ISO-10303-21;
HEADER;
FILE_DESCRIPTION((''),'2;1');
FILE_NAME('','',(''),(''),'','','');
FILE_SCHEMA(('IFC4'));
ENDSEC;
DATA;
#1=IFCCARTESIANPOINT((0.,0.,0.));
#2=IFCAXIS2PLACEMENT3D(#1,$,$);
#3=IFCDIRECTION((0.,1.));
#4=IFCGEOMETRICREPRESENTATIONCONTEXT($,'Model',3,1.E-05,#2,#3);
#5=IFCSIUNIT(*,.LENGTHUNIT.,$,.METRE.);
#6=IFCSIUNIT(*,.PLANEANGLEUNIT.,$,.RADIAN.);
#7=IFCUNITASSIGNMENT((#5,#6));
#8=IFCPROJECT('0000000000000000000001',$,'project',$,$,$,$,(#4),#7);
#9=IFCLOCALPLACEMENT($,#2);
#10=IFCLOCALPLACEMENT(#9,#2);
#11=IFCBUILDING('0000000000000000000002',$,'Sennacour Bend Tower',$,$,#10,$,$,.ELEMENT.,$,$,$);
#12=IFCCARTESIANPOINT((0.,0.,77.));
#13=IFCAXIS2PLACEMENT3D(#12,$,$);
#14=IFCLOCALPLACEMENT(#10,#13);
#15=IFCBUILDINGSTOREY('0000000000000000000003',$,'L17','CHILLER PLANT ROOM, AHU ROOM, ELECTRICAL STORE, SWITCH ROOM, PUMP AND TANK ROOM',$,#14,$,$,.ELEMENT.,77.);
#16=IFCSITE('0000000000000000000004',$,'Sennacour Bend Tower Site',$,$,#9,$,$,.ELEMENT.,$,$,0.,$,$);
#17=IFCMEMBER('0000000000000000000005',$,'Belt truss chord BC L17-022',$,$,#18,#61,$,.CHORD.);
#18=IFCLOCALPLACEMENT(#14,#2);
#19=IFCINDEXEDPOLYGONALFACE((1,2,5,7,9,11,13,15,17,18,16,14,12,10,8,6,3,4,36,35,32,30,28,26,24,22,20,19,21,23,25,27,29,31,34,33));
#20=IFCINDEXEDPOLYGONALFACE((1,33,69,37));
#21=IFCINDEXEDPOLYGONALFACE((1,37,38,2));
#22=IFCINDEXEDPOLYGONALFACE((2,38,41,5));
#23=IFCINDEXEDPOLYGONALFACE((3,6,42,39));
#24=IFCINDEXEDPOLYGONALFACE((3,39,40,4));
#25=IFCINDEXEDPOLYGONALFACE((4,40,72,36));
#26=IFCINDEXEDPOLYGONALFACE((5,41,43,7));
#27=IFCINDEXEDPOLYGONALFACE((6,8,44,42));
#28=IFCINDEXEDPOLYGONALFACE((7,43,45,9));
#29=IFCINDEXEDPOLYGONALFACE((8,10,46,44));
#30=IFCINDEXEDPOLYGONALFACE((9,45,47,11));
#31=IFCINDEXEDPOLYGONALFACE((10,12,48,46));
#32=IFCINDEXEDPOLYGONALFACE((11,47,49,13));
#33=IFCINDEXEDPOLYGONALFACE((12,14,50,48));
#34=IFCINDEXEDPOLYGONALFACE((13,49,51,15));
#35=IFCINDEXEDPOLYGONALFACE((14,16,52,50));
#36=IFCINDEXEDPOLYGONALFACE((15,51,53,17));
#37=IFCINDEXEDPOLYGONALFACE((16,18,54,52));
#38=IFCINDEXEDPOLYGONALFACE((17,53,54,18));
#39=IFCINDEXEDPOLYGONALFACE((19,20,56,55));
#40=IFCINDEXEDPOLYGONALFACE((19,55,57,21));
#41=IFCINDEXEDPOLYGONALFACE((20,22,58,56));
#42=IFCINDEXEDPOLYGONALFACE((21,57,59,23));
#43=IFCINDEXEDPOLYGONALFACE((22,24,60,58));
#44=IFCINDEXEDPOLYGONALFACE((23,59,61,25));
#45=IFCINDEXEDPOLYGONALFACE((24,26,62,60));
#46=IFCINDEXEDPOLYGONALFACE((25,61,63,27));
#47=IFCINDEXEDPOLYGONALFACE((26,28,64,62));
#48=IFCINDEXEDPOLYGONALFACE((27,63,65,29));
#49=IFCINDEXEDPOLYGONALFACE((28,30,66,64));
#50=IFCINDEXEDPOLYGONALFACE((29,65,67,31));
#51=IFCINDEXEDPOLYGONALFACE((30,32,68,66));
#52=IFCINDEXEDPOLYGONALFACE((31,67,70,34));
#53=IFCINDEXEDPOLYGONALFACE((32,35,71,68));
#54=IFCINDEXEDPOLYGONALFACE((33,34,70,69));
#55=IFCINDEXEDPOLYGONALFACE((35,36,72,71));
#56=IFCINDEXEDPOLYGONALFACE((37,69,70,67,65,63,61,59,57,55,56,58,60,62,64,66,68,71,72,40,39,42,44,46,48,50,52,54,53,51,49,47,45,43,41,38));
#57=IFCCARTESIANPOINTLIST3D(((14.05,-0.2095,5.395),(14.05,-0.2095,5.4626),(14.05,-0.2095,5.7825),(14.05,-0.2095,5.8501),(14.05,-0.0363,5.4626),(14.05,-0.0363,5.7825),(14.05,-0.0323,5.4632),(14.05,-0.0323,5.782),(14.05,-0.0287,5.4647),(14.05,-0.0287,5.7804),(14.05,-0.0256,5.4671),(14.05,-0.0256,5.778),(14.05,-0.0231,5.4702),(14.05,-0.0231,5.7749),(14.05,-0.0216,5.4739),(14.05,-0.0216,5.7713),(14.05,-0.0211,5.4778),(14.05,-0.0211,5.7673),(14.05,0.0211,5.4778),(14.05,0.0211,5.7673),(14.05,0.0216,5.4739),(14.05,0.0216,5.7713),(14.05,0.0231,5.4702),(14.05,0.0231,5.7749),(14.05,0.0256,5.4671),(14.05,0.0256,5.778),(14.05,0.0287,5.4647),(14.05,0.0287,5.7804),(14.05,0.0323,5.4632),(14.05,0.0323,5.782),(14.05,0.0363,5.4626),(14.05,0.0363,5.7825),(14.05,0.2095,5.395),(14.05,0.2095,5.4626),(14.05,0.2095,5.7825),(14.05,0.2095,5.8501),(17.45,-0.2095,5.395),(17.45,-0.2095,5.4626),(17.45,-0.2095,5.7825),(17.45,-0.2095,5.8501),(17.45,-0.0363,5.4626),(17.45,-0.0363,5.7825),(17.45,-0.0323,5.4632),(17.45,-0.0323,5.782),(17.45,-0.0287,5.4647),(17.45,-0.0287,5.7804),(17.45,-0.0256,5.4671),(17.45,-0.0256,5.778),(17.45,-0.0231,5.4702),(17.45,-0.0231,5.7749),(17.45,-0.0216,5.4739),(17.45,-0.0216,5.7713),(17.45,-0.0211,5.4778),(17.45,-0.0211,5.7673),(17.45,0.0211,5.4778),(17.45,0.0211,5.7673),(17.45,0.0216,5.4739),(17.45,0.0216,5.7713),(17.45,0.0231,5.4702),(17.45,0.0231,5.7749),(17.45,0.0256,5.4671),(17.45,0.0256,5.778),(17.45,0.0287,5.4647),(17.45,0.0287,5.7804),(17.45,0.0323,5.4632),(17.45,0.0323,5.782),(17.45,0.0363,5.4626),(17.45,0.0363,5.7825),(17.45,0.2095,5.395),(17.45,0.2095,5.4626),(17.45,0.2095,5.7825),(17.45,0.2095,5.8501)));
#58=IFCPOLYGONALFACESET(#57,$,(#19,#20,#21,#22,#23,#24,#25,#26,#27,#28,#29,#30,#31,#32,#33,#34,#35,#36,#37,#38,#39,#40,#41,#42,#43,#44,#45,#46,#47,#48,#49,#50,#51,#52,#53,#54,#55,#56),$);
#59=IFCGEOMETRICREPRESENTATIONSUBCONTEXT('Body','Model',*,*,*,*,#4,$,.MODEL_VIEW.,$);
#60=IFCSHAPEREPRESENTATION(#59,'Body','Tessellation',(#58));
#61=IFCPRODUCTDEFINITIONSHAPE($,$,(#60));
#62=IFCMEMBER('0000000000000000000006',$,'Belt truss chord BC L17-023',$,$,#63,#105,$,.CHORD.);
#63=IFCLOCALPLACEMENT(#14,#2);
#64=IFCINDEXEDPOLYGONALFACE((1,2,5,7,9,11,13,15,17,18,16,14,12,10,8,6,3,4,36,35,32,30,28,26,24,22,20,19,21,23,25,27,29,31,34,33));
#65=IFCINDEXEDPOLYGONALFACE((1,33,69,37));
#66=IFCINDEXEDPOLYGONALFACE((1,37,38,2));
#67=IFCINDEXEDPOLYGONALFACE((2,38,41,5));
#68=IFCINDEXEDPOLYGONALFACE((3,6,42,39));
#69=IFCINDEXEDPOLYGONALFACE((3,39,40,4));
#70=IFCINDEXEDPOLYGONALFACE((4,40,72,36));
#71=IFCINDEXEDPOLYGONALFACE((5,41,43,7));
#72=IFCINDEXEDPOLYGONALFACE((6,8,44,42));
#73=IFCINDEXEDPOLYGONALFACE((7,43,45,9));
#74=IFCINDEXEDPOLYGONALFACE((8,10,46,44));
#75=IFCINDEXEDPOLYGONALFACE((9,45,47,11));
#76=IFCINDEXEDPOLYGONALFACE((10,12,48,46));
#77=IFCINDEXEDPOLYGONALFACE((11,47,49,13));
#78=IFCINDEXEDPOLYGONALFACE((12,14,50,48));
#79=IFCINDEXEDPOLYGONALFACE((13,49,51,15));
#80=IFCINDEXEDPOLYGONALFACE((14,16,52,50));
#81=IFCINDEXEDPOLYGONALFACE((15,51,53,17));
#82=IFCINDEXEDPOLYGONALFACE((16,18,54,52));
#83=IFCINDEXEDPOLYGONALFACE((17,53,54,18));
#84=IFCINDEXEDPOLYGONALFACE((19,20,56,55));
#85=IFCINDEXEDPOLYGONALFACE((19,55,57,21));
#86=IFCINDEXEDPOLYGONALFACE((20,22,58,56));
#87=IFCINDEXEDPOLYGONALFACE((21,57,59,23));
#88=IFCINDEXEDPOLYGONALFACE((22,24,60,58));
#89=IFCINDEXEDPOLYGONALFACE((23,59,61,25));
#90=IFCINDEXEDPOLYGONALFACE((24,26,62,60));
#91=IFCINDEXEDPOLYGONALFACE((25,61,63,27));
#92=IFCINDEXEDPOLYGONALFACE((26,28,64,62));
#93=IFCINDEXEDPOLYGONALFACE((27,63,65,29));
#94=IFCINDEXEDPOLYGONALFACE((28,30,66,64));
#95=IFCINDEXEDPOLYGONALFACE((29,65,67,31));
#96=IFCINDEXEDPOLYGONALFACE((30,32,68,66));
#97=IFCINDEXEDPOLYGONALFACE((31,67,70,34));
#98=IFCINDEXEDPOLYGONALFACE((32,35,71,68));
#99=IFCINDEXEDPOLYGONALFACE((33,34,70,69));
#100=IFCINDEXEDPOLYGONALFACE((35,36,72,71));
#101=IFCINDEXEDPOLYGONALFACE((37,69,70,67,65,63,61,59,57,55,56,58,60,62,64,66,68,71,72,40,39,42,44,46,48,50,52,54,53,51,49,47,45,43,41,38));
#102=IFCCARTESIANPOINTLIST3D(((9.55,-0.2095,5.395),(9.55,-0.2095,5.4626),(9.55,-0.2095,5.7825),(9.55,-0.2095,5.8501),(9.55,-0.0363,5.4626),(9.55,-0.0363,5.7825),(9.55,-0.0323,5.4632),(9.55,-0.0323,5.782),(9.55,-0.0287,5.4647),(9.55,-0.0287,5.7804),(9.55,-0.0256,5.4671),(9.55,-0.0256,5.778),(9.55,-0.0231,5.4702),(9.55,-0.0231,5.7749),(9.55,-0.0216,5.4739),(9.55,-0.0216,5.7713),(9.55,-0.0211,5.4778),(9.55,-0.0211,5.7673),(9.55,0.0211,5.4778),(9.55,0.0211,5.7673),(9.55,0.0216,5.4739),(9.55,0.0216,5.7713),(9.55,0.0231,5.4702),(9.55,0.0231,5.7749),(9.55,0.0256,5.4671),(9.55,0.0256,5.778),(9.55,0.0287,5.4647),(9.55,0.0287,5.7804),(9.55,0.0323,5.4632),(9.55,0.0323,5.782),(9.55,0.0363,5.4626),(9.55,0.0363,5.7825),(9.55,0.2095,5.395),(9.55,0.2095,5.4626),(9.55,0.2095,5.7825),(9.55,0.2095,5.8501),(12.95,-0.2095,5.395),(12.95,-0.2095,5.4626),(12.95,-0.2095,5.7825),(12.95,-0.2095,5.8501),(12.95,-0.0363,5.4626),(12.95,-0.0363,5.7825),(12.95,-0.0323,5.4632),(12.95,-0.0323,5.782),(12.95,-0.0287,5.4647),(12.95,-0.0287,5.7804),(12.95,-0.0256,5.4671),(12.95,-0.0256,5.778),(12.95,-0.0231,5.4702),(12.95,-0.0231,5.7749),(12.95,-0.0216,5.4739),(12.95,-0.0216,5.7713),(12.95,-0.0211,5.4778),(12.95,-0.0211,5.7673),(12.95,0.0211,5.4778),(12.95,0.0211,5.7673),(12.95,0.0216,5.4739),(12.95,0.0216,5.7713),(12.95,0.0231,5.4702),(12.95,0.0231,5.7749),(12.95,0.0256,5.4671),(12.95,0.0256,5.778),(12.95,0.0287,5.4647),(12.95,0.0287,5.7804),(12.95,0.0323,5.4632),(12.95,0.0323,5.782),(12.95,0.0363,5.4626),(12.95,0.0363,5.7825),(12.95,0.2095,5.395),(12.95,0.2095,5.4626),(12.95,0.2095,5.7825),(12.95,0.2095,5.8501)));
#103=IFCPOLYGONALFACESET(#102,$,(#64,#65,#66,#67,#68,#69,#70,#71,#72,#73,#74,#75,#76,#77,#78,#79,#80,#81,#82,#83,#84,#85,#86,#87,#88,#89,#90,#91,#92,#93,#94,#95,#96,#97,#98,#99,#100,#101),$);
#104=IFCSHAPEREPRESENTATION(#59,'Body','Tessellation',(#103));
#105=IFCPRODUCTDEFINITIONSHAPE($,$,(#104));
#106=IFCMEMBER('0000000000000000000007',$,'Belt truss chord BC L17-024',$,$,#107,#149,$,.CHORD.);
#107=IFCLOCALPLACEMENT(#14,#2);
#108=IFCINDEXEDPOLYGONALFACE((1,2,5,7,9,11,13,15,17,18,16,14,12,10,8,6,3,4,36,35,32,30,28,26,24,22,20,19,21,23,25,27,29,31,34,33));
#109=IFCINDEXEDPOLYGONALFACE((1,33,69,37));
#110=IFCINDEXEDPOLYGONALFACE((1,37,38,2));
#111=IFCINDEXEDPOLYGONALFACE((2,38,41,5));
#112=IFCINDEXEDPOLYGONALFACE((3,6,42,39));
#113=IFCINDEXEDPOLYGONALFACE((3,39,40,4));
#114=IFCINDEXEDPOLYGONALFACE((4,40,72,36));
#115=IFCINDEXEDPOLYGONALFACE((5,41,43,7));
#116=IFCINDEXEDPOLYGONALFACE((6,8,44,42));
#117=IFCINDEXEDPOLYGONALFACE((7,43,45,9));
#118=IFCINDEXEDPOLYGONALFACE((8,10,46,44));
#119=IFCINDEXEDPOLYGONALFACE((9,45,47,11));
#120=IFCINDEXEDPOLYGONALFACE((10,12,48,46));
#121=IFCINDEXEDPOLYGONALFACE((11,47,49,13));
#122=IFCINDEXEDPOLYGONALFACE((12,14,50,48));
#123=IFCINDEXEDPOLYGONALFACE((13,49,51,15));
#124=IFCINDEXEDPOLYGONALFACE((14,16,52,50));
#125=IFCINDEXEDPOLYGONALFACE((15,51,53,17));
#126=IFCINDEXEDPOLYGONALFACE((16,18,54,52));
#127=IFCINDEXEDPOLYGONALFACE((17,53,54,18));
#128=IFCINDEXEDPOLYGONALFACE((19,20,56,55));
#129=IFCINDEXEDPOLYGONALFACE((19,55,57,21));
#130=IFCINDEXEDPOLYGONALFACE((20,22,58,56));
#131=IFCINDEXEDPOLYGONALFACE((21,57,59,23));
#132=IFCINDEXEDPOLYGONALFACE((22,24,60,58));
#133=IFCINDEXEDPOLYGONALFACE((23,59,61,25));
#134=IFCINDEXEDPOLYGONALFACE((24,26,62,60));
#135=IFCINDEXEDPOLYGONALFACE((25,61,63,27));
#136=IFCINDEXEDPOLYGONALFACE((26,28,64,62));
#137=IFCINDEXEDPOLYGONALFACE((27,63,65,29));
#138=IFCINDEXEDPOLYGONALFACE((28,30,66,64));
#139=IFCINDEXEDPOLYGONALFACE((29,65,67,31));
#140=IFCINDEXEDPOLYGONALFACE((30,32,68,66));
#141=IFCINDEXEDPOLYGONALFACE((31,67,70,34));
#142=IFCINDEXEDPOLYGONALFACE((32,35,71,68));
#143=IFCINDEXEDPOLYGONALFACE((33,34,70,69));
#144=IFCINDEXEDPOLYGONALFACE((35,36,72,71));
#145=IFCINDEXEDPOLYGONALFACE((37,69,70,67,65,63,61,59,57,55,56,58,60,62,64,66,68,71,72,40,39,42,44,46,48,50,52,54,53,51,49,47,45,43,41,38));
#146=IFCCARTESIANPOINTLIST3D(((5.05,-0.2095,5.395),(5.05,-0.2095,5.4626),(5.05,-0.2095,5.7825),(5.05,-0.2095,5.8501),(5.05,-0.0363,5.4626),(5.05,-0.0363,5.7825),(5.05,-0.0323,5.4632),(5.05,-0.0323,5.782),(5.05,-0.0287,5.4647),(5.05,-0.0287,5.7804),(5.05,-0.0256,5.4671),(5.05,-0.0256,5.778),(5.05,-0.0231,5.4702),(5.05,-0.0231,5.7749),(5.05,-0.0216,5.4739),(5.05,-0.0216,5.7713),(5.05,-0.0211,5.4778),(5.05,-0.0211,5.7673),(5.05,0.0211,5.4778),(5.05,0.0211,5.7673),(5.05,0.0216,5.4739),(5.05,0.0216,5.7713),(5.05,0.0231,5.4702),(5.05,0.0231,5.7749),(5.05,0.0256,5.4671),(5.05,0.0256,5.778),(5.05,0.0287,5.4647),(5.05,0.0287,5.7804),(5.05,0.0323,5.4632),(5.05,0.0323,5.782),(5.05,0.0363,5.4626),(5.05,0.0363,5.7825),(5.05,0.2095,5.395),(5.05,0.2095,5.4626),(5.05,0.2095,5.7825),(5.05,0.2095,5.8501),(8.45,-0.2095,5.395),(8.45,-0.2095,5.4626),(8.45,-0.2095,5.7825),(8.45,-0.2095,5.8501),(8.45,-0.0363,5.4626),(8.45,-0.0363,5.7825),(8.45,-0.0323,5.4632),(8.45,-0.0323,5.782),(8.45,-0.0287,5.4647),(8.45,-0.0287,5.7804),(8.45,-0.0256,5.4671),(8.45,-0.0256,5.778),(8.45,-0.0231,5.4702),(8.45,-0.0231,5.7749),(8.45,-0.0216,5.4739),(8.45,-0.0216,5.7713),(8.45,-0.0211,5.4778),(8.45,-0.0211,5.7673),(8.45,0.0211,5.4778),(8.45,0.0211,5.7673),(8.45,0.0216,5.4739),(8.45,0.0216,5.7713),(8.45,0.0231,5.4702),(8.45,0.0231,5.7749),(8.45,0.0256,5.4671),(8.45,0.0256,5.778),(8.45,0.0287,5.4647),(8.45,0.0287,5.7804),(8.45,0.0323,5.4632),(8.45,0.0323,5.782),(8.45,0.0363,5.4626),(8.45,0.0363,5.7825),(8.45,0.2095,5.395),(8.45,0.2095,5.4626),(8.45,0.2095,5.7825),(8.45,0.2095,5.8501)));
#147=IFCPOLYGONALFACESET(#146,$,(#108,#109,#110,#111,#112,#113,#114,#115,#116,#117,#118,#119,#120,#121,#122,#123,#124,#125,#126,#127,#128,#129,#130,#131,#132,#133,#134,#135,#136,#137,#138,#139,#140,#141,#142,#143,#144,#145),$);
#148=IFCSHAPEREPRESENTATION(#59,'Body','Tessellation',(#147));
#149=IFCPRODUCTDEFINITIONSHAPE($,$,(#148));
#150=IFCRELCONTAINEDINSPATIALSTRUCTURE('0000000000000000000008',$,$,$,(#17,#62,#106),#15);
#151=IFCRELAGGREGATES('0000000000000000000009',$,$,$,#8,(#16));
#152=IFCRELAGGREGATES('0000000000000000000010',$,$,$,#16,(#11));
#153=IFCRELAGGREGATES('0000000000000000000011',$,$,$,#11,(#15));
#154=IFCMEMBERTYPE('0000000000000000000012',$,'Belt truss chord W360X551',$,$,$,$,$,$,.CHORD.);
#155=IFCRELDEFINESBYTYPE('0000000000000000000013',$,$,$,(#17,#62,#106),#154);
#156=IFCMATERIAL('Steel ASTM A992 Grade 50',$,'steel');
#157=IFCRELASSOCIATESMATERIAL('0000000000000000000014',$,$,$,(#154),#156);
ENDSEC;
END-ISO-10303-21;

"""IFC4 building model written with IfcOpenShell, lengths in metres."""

from ifc_helpers import new_model, si_unit, direction, frame, origin, origin_2d, place, context, subcontext, project, spatial, i_section, extrude, material, material_profile, profile_set, type_object, element, save


model = new_model("IFC4")

# Units and contexts
model_context = context("Model", 3, precision=1e-05, world=origin(), true_north=direction((0.0, 1.0)))
body_context = subcontext(model_context, "Body", "Model", "MODEL_VIEW")
ifc_project = project(units=[si_unit("LENGTHUNIT", "METRE"), si_unit("PLANEANGLEUNIT", "RADIAN")], contexts=[model_context])

# Site, building, storey
site_placement = place(None, origin())
site = spatial("IfcSite", under=ifc_project, at=site_placement, Name="Sennacour Bend Tower Site", CompositionType="ELEMENT", RefElevation=0.0)
building_placement = place(site_placement, origin())
building = spatial("IfcBuilding", under=site, at=building_placement, Name="Sennacour Bend Tower", CompositionType="ELEMENT")
storey_placement = place(building_placement, frame((0.0, 0.0, 77.0)))
storey = spatial("IfcBuildingStorey", under=building, at=storey_placement, Name="L17", Description="CHILLER PLANT ROOM, AHU ROOM, ELECTRICAL STORE, SWITCH ROOM, PUMP AND TANK ROOM", CompositionType="ELEMENT", Elevation=77.0)

# Members
ifc_material_1 = material(Name="Steel ASTM A992 Grade 50", Category="steel")
ifc_material_profile_1 = material_profile(ifc_material_1, i_section(OverallWidth=0.4189, OverallDepth=0.4551, WebThickness=0.0422, FlangeThickness=0.0676, FilletRadius=0.0151, at=origin_2d()), Name="Steel ASTM A992 Grade 50", Category="steel")
ifc_profile_set_1 = profile_set([ifc_material_profile_1], Name="Steel ASTM A992 Grade 50")
member_type_1 = type_object("IfcMemberType", Name="Belt truss chord W360X551", PredefinedType="CHORD", material=ifc_profile_set_1)
for number, where, z_axis, x_axis, name in (
    (1, (17.45, 0.0, 5.6226), (-1.0, 0.0, 0.0), (0.0, -1.0, 0.0), "Belt truss chord BC L17-022"),
    (2, (12.95, 0.0, 5.6226), (-1.0, 0.0, 0.0), (0.0, -1.0, 0.0), "Belt truss chord BC L17-023"),
    (3, (8.45, 0.0, 5.6226), (-1.0, 0.0, 0.0), (0.0, -1.0, 0.0), "Belt truss chord BC L17-024"),
):
    element("IfcMember", number, at=place(storey_placement, frame(where, z_axis=z_axis, x_axis=x_axis)), inside=storey, type_object=member_type_1, Name=name, PredefinedType="CHORD", context=body_context, shape_type="SweptSolid", body=[
        extrude(i_section(OverallWidth=0.4189, OverallDepth=0.4551, WebThickness=0.0422, FlangeThickness=0.0676, FilletRadius=0.0151, at=origin_2d()), origin(), (0.0, 0.0, 1.0), 3.3999),
    ])

save(model, "model.ifc")
